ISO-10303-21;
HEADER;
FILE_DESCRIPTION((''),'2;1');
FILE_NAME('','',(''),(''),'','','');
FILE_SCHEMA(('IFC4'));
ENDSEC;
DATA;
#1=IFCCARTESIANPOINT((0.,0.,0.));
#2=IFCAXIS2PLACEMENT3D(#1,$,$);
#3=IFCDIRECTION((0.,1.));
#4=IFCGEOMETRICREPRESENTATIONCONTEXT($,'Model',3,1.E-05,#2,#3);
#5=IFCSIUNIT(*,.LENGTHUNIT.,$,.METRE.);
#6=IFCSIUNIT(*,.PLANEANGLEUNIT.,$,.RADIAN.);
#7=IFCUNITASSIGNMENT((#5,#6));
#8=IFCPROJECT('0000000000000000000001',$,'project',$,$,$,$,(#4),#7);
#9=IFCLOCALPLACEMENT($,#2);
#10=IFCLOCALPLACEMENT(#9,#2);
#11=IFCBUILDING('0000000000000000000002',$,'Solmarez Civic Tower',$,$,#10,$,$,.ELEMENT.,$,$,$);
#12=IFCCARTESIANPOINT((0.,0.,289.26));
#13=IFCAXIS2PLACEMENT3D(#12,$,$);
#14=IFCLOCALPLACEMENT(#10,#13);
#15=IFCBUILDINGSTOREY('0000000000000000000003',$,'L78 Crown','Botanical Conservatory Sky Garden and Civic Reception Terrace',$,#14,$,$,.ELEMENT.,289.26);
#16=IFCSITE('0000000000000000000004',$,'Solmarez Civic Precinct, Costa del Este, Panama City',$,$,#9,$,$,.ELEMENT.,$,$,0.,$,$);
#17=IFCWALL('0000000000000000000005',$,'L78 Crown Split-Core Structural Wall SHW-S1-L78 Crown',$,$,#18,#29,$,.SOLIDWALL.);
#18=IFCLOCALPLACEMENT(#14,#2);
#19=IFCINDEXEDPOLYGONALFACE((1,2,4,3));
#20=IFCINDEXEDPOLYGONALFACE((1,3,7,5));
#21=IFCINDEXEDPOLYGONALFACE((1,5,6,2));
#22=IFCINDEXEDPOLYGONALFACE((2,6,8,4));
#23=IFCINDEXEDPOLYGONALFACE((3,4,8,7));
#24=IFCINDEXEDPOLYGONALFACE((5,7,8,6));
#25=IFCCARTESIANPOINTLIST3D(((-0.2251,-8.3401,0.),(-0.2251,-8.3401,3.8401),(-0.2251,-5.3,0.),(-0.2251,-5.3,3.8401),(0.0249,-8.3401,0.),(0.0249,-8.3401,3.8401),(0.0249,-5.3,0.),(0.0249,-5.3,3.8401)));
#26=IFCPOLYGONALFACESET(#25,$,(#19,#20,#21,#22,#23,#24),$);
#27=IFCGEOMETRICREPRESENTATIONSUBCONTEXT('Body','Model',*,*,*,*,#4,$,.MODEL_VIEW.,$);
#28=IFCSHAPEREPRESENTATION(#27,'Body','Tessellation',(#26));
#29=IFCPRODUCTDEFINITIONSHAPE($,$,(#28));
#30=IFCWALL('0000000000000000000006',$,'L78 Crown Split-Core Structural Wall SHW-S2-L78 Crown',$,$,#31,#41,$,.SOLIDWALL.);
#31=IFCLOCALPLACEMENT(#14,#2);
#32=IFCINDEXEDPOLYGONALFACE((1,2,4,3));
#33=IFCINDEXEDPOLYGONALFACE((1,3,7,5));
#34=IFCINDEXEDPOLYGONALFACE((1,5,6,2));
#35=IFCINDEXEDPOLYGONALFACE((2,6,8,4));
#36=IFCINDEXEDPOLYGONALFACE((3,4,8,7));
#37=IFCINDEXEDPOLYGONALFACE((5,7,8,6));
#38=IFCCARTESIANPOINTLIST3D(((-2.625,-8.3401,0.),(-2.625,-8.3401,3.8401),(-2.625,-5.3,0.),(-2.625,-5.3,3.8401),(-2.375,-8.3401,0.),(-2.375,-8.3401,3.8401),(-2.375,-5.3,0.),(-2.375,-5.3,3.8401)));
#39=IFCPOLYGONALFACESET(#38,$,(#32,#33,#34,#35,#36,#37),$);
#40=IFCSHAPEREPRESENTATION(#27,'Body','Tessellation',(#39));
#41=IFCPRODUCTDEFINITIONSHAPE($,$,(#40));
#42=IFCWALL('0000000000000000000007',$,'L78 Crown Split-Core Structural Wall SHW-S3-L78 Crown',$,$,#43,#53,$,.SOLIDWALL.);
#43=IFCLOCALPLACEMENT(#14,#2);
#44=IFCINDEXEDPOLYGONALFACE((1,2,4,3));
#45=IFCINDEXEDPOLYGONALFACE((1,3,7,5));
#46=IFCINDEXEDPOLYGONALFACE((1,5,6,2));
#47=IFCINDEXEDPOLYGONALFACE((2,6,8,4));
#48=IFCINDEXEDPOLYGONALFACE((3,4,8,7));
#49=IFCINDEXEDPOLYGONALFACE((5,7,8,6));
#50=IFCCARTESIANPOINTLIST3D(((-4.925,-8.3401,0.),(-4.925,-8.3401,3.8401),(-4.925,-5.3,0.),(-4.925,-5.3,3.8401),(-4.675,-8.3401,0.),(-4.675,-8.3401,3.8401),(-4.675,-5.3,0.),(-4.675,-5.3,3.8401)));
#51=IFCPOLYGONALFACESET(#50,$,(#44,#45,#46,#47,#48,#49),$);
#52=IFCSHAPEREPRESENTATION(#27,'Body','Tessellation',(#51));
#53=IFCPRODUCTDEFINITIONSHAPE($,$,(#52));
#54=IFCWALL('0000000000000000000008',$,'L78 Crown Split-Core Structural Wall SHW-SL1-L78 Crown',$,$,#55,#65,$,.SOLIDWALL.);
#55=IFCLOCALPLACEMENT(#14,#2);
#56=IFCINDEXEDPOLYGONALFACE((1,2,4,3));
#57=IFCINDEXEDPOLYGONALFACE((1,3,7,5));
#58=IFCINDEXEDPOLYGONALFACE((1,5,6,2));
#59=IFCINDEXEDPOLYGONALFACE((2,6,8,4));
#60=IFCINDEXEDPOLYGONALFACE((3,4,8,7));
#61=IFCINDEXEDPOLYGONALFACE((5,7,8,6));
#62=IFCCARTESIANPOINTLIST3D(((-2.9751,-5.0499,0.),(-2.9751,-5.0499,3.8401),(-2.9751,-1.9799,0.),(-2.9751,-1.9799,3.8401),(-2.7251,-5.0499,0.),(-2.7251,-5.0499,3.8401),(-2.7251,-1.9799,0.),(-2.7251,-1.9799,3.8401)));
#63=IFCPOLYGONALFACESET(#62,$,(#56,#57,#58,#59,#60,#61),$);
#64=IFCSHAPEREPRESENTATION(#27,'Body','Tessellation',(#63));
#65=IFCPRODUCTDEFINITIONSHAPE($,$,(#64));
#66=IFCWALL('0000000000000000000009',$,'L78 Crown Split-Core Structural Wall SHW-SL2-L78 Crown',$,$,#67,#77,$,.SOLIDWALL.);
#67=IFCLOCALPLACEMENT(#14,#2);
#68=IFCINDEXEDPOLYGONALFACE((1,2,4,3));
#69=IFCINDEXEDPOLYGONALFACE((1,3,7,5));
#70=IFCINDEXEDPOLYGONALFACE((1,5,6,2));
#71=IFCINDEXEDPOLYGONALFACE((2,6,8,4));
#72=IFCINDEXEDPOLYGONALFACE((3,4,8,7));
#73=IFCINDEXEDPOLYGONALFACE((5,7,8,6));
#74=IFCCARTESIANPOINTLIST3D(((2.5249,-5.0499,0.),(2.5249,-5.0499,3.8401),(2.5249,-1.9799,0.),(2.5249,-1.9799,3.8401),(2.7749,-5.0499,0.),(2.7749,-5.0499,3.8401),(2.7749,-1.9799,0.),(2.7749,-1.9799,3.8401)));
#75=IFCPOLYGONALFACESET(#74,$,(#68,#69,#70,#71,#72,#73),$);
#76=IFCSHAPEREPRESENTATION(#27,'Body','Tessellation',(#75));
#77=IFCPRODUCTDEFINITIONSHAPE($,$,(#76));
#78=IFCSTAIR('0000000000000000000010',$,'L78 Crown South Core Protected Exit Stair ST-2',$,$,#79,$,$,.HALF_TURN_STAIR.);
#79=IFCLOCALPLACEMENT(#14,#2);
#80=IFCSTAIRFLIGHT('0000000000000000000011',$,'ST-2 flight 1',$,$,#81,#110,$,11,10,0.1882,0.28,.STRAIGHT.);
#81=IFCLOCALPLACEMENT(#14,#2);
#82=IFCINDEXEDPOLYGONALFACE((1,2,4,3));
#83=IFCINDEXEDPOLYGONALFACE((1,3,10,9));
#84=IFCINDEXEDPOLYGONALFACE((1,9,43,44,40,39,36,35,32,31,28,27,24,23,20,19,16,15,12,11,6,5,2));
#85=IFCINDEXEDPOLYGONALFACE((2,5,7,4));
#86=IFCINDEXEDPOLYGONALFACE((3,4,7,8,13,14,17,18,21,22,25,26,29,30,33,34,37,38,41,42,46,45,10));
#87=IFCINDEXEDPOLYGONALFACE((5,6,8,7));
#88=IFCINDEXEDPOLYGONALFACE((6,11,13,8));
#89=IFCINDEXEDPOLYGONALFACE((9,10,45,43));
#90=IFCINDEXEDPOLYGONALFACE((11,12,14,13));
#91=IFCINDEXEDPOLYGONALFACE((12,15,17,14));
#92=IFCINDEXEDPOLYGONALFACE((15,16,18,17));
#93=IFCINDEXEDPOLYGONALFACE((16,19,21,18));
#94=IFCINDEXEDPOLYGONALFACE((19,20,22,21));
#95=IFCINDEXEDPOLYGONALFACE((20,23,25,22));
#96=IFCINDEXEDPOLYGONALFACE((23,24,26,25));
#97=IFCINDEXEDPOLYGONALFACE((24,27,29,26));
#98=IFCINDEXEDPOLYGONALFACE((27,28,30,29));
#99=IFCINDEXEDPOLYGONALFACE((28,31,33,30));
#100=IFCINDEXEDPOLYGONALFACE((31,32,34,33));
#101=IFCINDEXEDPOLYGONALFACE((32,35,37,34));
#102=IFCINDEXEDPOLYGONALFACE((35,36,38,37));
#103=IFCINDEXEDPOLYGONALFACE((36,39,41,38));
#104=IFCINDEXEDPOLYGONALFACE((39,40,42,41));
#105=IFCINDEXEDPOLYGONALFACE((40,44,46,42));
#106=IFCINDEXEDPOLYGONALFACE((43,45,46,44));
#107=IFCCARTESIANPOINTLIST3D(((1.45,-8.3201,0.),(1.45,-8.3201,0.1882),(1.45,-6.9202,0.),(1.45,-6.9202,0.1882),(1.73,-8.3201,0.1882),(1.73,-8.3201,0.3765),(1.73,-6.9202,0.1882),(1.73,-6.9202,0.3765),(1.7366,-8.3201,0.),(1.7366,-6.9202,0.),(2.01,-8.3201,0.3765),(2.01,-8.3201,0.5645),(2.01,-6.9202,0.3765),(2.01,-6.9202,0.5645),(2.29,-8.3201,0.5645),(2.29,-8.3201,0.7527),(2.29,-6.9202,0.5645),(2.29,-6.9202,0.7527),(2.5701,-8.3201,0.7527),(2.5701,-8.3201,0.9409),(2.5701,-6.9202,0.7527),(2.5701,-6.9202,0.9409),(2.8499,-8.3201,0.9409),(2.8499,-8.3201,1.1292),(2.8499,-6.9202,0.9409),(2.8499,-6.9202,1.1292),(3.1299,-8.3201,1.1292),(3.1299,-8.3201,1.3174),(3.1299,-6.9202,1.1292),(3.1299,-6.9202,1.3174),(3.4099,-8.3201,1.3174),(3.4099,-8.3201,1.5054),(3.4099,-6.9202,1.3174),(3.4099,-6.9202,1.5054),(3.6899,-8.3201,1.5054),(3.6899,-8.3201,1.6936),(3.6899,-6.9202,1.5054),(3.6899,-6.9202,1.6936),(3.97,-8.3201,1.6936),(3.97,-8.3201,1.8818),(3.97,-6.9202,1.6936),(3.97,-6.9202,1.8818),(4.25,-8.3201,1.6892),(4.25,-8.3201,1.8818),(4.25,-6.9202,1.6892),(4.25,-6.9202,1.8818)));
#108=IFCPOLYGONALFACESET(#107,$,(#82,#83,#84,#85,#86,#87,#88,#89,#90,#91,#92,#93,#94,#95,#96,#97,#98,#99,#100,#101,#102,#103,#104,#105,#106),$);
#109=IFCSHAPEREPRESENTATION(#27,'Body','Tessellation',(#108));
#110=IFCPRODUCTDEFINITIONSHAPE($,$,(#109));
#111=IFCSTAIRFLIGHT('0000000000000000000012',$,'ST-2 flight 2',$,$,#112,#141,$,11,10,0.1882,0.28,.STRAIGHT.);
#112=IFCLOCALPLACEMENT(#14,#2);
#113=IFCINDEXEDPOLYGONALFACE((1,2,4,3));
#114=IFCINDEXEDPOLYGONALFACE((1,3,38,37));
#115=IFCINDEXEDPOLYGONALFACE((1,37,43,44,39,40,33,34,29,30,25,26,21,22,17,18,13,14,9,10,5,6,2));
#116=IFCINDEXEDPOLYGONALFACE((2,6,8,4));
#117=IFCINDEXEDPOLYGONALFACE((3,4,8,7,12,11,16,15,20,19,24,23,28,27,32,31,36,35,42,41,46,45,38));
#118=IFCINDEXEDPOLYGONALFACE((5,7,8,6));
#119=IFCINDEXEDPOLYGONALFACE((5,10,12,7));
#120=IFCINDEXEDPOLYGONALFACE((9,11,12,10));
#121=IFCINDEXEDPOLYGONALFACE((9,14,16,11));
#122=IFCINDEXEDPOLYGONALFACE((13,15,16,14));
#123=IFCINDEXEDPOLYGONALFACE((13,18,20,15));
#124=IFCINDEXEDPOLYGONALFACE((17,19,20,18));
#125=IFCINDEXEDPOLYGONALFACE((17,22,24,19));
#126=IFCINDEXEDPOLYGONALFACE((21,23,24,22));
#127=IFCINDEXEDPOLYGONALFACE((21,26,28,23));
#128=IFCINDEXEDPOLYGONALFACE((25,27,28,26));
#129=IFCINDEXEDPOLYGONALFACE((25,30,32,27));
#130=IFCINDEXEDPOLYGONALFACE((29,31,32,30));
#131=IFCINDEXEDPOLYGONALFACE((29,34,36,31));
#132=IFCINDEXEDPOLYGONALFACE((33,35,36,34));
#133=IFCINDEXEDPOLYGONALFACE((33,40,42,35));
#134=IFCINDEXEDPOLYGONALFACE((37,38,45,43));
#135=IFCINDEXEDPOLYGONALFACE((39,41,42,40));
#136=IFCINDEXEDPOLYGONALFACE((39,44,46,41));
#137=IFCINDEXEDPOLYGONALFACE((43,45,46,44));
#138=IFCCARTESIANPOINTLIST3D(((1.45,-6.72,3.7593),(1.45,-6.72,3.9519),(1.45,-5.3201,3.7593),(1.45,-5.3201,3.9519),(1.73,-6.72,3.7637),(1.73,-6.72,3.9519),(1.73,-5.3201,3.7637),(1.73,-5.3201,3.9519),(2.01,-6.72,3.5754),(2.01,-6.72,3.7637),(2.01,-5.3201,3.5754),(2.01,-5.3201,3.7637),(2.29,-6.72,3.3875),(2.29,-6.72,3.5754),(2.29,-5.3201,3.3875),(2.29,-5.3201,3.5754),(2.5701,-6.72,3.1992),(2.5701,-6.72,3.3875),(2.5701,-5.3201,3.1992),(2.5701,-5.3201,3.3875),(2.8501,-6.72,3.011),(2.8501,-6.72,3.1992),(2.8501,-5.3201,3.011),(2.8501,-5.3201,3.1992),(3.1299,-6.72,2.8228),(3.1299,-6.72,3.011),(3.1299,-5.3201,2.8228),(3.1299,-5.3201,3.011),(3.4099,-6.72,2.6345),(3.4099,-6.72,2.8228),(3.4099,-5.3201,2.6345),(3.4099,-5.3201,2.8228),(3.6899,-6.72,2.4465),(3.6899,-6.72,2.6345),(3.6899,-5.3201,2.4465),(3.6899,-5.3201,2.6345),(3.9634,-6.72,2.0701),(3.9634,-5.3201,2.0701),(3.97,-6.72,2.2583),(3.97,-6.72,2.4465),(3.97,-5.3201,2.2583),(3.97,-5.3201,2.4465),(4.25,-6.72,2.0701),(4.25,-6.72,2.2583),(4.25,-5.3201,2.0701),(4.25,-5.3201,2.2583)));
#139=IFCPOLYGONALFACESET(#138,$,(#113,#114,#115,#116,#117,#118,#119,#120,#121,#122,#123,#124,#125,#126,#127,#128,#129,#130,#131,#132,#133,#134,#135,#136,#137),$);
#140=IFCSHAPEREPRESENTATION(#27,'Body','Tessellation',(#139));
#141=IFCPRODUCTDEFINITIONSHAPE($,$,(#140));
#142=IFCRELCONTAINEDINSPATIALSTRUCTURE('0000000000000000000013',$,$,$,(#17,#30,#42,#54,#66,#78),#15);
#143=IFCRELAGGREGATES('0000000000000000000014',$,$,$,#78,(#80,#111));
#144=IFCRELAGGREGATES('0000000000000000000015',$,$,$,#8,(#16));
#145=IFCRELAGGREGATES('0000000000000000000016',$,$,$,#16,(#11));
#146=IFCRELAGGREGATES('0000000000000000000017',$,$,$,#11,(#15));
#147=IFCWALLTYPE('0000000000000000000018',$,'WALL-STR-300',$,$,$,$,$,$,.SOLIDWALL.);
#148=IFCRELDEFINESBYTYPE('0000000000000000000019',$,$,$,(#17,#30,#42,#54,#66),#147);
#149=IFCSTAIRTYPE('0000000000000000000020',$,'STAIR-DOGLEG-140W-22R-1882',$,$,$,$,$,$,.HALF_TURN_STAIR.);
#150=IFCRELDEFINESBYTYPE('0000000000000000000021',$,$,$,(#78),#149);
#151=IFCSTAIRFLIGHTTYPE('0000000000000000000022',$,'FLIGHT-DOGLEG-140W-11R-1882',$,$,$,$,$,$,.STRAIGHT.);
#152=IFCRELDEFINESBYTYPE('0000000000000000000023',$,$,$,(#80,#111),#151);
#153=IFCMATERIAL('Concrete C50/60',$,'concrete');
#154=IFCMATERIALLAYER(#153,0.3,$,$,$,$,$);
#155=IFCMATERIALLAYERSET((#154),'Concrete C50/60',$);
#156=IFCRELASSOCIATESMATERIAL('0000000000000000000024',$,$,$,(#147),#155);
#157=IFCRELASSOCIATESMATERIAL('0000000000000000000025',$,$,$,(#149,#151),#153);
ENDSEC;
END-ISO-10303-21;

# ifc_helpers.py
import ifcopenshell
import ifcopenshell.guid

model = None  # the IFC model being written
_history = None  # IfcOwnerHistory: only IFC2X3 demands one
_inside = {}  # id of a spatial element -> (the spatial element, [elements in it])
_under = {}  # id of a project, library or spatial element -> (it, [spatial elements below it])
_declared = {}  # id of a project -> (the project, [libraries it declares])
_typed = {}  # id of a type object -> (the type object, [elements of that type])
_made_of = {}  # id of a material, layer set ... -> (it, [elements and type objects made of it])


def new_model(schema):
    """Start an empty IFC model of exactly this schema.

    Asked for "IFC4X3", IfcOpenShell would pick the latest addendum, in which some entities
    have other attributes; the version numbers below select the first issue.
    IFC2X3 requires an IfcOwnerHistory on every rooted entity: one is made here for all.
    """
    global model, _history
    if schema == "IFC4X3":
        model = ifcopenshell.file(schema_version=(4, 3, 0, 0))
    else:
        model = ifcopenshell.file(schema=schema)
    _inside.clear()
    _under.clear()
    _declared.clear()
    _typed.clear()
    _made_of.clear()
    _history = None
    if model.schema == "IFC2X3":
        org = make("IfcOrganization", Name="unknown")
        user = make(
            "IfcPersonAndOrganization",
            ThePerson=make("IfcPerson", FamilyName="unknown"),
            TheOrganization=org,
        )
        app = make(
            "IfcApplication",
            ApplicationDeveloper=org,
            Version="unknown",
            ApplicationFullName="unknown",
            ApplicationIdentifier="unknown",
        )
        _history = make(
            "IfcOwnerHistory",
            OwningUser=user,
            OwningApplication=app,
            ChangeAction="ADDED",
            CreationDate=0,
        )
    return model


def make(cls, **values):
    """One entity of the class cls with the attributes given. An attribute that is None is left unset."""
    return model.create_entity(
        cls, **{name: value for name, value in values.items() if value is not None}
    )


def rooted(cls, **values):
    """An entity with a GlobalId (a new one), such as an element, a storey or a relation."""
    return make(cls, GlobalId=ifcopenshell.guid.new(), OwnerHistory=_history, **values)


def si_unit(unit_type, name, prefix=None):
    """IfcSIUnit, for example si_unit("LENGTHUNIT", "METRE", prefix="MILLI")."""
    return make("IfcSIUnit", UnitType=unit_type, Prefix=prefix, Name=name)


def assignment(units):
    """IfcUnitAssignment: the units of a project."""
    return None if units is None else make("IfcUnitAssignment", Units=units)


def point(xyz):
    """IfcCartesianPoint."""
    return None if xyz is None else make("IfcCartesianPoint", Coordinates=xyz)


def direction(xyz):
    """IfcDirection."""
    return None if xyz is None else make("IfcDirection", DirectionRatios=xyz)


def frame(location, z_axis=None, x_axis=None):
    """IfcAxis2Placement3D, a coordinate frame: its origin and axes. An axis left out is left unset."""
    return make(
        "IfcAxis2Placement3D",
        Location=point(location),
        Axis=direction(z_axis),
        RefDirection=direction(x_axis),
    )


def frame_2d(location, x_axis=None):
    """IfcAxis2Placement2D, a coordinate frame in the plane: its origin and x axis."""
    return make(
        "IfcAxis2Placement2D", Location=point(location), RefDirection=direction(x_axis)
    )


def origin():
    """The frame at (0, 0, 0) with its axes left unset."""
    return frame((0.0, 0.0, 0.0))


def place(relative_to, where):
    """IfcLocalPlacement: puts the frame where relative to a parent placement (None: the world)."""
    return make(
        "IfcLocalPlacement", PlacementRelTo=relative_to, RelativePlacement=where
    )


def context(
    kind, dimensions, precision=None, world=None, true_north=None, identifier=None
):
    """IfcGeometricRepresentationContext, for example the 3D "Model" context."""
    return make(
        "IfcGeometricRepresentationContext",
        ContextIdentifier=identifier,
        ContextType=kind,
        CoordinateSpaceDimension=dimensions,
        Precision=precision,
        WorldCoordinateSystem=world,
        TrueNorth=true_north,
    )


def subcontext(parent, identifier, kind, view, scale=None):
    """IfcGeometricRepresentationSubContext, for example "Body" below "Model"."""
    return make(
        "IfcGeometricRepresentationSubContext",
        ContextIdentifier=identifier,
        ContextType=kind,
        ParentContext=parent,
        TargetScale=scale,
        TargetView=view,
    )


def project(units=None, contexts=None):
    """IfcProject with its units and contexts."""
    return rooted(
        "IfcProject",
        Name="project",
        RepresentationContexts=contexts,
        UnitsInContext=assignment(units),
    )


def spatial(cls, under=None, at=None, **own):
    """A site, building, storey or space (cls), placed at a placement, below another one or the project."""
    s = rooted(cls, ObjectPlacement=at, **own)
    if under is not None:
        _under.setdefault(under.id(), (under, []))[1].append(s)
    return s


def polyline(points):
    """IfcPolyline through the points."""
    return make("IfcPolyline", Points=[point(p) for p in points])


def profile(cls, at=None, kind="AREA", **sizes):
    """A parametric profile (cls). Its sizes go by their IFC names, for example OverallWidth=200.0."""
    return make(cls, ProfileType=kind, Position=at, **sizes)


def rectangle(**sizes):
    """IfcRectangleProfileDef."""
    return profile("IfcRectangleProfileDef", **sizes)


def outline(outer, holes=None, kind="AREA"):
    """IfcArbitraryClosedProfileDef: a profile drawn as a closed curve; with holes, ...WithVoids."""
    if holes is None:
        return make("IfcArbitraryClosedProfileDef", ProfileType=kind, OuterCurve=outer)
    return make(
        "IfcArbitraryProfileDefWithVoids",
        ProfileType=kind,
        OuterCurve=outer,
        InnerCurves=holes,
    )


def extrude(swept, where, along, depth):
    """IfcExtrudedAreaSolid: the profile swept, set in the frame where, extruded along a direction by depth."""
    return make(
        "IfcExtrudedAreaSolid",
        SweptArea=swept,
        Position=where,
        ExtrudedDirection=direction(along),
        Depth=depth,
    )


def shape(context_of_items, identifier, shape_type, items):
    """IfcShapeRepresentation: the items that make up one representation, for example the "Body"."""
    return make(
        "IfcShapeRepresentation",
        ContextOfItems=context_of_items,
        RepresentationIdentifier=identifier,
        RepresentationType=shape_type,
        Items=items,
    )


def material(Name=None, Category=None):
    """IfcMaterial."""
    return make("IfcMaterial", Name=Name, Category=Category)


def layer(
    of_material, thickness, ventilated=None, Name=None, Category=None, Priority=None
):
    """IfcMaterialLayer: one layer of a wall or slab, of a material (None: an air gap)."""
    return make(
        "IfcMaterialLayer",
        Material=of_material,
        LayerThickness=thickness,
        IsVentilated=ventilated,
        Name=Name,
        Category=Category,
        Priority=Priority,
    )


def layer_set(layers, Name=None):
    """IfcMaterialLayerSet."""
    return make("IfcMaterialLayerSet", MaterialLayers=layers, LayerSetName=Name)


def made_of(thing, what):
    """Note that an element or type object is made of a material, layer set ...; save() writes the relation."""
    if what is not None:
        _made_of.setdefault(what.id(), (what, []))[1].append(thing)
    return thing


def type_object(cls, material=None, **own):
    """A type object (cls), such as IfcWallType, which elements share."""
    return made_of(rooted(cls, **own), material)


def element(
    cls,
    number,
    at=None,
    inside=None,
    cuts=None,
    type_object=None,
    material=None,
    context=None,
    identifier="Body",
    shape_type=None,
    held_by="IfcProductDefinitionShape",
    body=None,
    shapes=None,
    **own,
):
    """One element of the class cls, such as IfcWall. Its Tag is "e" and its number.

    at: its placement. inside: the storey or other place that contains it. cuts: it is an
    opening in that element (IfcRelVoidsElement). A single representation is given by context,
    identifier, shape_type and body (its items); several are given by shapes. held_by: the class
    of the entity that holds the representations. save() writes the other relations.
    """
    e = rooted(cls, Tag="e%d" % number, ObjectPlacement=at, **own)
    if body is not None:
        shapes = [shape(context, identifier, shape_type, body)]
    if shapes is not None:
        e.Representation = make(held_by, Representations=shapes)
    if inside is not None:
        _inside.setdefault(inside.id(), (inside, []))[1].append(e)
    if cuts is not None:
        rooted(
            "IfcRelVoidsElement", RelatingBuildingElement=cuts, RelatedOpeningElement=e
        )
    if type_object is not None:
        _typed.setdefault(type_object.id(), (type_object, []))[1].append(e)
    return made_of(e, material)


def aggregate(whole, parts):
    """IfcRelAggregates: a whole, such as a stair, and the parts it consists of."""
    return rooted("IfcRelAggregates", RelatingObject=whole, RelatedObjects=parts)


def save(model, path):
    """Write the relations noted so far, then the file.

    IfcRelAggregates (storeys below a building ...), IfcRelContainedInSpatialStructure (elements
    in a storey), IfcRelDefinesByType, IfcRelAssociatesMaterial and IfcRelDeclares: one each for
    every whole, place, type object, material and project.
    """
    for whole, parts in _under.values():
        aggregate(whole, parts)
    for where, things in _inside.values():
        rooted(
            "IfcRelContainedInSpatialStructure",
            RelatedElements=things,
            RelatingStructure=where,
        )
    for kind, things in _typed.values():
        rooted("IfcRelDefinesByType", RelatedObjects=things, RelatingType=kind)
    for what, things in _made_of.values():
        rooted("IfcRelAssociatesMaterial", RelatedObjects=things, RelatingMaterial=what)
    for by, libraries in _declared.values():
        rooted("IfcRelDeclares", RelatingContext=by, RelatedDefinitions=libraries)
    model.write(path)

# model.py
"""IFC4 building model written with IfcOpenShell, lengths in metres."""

from ifc_helpers import new_model, si_unit, direction, frame, frame_2d, origin, place, context, subcontext, project, spatial, polyline, rectangle, outline, extrude, material, layer, layer_set, type_object, element, aggregate, save


model = new_model("IFC4")

# Units and contexts
model_context = context("Model", 3, precision=1e-05, world=origin(), true_north=direction((0.0, 1.0)))
body_context = subcontext(model_context, "Body", "Model", "MODEL_VIEW")
ifc_project = project(units=[si_unit("LENGTHUNIT", "METRE"), si_unit("PLANEANGLEUNIT", "RADIAN")], contexts=[model_context])

# Site, building, storey
site_placement = place(None, origin())
site = spatial("IfcSite", under=ifc_project, at=site_placement, Name="Solmarez Civic Precinct, Costa del Este, Panama City", CompositionType="ELEMENT", RefElevation=0.0)
building_placement = place(site_placement, origin())
building = spatial("IfcBuilding", under=site, at=building_placement, Name="Solmarez Civic Tower", CompositionType="ELEMENT")
storey_placement = place(building_placement, frame((0.0, 0.0, 289.26)))
storey = spatial("IfcBuildingStorey", under=building, at=storey_placement, Name="L78 Crown", Description="Botanical Conservatory Sky Garden and Civic Reception Terrace", CompositionType="ELEMENT", Elevation=289.26)

# Shared definitions
ifc_material_1 = material(Name="Concrete C50/60", Category="concrete")

# Walls
ifc_layer_1 = layer(ifc_material_1, 0.3)
ifc_layer_set_1 = layer_set([ifc_layer_1], Name="Concrete C50/60")
wall_type_1 = type_object("IfcWallType", Name="WALL-STR-300", PredefinedType="SOLIDWALL", material=ifc_layer_set_1)
for number, where, z_axis, x_axis, name in (
    (1, (-0.1001, -8.3401, 0.0), (0.0, 0.0, 1.0), (0.0, 1.0, 0.0), "L78 Crown Split-Core Structural Wall SHW-S1-L78 Crown"),
    (2, (-2.5, -8.3401, 0.0), (0.0, 0.0, 1.0), (0.0, 1.0, 0.0), "L78 Crown Split-Core Structural Wall SHW-S2-L78 Crown"),
    (3, (-4.8, -8.3401, 0.0), (0.0, 0.0, 1.0), (0.0, 1.0, 0.0), "L78 Crown Split-Core Structural Wall SHW-S3-L78 Crown"),
):
    element("IfcWall", number, at=place(storey_placement, frame(where, z_axis=z_axis, x_axis=x_axis)), inside=storey, type_object=wall_type_1, Name=name, PredefinedType="SOLIDWALL", context=body_context, shape_type="SweptSolid", body=[
        extrude(rectangle(XDim=3.04, YDim=0.25, at=frame_2d((1.52, 0.0))), origin(), (0.0, 0.0, 1.0), 3.8401),
    ])
for number, where, z_axis, x_axis, name in (
    (4, (-2.8501, -5.05, 0.0), (0.0, 0.0, 1.0), (0.0, 1.0, 0.0), "L78 Crown Split-Core Structural Wall SHW-SL1-L78 Crown"),
    (5, (2.6499, -5.05, 0.0), (0.0, 0.0, 1.0), (0.0, 1.0, 0.0), "L78 Crown Split-Core Structural Wall SHW-SL2-L78 Crown"),
):
    element("IfcWall", number, at=place(storey_placement, frame(where, z_axis=z_axis, x_axis=x_axis)), inside=storey, type_object=wall_type_1, Name=name, PredefinedType="SOLIDWALL", context=body_context, shape_type="SweptSolid", body=[
        extrude(rectangle(XDim=3.0701, YDim=0.25, at=frame_2d((1.5352, 0.0))), origin(), (0.0, 0.0, 1.0), 3.8401),
    ])

# Stair, stair flights
stair_type = type_object("IfcStairType", Name="STAIR-DOGLEG-140W-22R-1882", PredefinedType="HALF_TURN_STAIR", material=ifc_material_1)
stair_placement = place(storey_placement, origin())
stair = element("IfcStair", 6, at=stair_placement, inside=storey, type_object=stair_type, Name="L78 Crown South Core Protected Exit Stair ST-2", PredefinedType="HALF_TURN_STAIR")
stair_flight_type = type_object("IfcStairFlightType", Name="FLIGHT-DOGLEG-140W-11R-1882", PredefinedType="STRAIGHT", material=ifc_material_1)
stair_flight_1_placement = place(storey_placement, frame((1.45, -7.6201, 0.0), z_axis=(0.0, 0.0, 1.0), x_axis=(1.0, 0.0, 0.0)))
stair_flight_1 = element("IfcStairFlight", 7, at=stair_flight_1_placement, type_object=stair_flight_type, Name="ST-2 flight 1", NumberOfRisers=11, NumberOfTreads=10, PredefinedType="STRAIGHT", RiserHeight=0.1882, TreadLength=0.28, context=body_context, shape_type="SweptSolid", body=[
    extrude(outline(polyline([(0.0, 0.0), (0.0, 0.1882), (0.28, 0.1882), (0.28, 0.3765), (0.5601, 0.3765), (0.5601, 0.5645), (0.8401, 0.5645), (0.8401, 0.7527), (1.1201, 0.7527), (1.1201, 0.9409), (1.3999, 0.9409), (1.3999, 1.1292), (1.6799, 1.1292), (1.6799, 1.3174), (1.96, 1.3174), (1.96, 1.5054), (2.24, 1.5054), (2.24, 1.6936), (2.52, 1.6936), (2.52, 1.8818), (2.8, 1.8818), (2.8, 2.0701), (2.8, 1.6892), (0.2866, 0.0), (0.0, 0.0)])), frame((0.0, 0.7, 0.0), z_axis=(0.0, -1.0, 0.0), x_axis=(1.0, 0.0, 0.0)), (0.0, 0.0, 1.0), 1.3999),
])
stair_flight_2_placement = place(storey_placement, frame((4.25, -6.02, 2.0701), z_axis=(0.0, 0.0, 1.0), x_axis=(-1.0, 0.0, 0.0)))
stair_flight_2 = element("IfcStairFlight", 8, at=stair_flight_2_placement, type_object=stair_flight_type, Name="ST-2 flight 2", NumberOfRisers=11, NumberOfTreads=10, PredefinedType="STRAIGHT", RiserHeight=0.1882, TreadLength=0.28, context=body_context, shape_type="SweptSolid", body=[
    extrude(outline(polyline([(0.0, 0.0), (0.0, 0.1882), (0.28, 0.1882), (0.28, 0.3765), (0.5601, 0.3765), (0.5601, 0.5645), (0.8401, 0.5645), (0.8401, 0.7527), (1.1201, 0.7527), (1.1201, 0.9409), (1.3999, 0.9409), (1.3999, 1.1292), (1.6799, 1.1292), (1.6799, 1.3174), (1.96, 1.3174), (1.96, 1.5054), (2.24, 1.5054), (2.24, 1.6936), (2.52, 1.6936), (2.52, 1.8818), (2.8, 1.8818), (2.8, 2.0701), (2.8, 1.6892), (0.2866, 0.0), (0.0, 0.0)])), frame((0.0, 0.7, 0.0), z_axis=(0.0, -1.0, 0.0), x_axis=(1.0, 0.0, 0.0)), (0.0, 0.0, 1.0), 1.3999),
])
aggregate(stair, [stair_flight_1, stair_flight_2])

save(model, "model.ifc")
